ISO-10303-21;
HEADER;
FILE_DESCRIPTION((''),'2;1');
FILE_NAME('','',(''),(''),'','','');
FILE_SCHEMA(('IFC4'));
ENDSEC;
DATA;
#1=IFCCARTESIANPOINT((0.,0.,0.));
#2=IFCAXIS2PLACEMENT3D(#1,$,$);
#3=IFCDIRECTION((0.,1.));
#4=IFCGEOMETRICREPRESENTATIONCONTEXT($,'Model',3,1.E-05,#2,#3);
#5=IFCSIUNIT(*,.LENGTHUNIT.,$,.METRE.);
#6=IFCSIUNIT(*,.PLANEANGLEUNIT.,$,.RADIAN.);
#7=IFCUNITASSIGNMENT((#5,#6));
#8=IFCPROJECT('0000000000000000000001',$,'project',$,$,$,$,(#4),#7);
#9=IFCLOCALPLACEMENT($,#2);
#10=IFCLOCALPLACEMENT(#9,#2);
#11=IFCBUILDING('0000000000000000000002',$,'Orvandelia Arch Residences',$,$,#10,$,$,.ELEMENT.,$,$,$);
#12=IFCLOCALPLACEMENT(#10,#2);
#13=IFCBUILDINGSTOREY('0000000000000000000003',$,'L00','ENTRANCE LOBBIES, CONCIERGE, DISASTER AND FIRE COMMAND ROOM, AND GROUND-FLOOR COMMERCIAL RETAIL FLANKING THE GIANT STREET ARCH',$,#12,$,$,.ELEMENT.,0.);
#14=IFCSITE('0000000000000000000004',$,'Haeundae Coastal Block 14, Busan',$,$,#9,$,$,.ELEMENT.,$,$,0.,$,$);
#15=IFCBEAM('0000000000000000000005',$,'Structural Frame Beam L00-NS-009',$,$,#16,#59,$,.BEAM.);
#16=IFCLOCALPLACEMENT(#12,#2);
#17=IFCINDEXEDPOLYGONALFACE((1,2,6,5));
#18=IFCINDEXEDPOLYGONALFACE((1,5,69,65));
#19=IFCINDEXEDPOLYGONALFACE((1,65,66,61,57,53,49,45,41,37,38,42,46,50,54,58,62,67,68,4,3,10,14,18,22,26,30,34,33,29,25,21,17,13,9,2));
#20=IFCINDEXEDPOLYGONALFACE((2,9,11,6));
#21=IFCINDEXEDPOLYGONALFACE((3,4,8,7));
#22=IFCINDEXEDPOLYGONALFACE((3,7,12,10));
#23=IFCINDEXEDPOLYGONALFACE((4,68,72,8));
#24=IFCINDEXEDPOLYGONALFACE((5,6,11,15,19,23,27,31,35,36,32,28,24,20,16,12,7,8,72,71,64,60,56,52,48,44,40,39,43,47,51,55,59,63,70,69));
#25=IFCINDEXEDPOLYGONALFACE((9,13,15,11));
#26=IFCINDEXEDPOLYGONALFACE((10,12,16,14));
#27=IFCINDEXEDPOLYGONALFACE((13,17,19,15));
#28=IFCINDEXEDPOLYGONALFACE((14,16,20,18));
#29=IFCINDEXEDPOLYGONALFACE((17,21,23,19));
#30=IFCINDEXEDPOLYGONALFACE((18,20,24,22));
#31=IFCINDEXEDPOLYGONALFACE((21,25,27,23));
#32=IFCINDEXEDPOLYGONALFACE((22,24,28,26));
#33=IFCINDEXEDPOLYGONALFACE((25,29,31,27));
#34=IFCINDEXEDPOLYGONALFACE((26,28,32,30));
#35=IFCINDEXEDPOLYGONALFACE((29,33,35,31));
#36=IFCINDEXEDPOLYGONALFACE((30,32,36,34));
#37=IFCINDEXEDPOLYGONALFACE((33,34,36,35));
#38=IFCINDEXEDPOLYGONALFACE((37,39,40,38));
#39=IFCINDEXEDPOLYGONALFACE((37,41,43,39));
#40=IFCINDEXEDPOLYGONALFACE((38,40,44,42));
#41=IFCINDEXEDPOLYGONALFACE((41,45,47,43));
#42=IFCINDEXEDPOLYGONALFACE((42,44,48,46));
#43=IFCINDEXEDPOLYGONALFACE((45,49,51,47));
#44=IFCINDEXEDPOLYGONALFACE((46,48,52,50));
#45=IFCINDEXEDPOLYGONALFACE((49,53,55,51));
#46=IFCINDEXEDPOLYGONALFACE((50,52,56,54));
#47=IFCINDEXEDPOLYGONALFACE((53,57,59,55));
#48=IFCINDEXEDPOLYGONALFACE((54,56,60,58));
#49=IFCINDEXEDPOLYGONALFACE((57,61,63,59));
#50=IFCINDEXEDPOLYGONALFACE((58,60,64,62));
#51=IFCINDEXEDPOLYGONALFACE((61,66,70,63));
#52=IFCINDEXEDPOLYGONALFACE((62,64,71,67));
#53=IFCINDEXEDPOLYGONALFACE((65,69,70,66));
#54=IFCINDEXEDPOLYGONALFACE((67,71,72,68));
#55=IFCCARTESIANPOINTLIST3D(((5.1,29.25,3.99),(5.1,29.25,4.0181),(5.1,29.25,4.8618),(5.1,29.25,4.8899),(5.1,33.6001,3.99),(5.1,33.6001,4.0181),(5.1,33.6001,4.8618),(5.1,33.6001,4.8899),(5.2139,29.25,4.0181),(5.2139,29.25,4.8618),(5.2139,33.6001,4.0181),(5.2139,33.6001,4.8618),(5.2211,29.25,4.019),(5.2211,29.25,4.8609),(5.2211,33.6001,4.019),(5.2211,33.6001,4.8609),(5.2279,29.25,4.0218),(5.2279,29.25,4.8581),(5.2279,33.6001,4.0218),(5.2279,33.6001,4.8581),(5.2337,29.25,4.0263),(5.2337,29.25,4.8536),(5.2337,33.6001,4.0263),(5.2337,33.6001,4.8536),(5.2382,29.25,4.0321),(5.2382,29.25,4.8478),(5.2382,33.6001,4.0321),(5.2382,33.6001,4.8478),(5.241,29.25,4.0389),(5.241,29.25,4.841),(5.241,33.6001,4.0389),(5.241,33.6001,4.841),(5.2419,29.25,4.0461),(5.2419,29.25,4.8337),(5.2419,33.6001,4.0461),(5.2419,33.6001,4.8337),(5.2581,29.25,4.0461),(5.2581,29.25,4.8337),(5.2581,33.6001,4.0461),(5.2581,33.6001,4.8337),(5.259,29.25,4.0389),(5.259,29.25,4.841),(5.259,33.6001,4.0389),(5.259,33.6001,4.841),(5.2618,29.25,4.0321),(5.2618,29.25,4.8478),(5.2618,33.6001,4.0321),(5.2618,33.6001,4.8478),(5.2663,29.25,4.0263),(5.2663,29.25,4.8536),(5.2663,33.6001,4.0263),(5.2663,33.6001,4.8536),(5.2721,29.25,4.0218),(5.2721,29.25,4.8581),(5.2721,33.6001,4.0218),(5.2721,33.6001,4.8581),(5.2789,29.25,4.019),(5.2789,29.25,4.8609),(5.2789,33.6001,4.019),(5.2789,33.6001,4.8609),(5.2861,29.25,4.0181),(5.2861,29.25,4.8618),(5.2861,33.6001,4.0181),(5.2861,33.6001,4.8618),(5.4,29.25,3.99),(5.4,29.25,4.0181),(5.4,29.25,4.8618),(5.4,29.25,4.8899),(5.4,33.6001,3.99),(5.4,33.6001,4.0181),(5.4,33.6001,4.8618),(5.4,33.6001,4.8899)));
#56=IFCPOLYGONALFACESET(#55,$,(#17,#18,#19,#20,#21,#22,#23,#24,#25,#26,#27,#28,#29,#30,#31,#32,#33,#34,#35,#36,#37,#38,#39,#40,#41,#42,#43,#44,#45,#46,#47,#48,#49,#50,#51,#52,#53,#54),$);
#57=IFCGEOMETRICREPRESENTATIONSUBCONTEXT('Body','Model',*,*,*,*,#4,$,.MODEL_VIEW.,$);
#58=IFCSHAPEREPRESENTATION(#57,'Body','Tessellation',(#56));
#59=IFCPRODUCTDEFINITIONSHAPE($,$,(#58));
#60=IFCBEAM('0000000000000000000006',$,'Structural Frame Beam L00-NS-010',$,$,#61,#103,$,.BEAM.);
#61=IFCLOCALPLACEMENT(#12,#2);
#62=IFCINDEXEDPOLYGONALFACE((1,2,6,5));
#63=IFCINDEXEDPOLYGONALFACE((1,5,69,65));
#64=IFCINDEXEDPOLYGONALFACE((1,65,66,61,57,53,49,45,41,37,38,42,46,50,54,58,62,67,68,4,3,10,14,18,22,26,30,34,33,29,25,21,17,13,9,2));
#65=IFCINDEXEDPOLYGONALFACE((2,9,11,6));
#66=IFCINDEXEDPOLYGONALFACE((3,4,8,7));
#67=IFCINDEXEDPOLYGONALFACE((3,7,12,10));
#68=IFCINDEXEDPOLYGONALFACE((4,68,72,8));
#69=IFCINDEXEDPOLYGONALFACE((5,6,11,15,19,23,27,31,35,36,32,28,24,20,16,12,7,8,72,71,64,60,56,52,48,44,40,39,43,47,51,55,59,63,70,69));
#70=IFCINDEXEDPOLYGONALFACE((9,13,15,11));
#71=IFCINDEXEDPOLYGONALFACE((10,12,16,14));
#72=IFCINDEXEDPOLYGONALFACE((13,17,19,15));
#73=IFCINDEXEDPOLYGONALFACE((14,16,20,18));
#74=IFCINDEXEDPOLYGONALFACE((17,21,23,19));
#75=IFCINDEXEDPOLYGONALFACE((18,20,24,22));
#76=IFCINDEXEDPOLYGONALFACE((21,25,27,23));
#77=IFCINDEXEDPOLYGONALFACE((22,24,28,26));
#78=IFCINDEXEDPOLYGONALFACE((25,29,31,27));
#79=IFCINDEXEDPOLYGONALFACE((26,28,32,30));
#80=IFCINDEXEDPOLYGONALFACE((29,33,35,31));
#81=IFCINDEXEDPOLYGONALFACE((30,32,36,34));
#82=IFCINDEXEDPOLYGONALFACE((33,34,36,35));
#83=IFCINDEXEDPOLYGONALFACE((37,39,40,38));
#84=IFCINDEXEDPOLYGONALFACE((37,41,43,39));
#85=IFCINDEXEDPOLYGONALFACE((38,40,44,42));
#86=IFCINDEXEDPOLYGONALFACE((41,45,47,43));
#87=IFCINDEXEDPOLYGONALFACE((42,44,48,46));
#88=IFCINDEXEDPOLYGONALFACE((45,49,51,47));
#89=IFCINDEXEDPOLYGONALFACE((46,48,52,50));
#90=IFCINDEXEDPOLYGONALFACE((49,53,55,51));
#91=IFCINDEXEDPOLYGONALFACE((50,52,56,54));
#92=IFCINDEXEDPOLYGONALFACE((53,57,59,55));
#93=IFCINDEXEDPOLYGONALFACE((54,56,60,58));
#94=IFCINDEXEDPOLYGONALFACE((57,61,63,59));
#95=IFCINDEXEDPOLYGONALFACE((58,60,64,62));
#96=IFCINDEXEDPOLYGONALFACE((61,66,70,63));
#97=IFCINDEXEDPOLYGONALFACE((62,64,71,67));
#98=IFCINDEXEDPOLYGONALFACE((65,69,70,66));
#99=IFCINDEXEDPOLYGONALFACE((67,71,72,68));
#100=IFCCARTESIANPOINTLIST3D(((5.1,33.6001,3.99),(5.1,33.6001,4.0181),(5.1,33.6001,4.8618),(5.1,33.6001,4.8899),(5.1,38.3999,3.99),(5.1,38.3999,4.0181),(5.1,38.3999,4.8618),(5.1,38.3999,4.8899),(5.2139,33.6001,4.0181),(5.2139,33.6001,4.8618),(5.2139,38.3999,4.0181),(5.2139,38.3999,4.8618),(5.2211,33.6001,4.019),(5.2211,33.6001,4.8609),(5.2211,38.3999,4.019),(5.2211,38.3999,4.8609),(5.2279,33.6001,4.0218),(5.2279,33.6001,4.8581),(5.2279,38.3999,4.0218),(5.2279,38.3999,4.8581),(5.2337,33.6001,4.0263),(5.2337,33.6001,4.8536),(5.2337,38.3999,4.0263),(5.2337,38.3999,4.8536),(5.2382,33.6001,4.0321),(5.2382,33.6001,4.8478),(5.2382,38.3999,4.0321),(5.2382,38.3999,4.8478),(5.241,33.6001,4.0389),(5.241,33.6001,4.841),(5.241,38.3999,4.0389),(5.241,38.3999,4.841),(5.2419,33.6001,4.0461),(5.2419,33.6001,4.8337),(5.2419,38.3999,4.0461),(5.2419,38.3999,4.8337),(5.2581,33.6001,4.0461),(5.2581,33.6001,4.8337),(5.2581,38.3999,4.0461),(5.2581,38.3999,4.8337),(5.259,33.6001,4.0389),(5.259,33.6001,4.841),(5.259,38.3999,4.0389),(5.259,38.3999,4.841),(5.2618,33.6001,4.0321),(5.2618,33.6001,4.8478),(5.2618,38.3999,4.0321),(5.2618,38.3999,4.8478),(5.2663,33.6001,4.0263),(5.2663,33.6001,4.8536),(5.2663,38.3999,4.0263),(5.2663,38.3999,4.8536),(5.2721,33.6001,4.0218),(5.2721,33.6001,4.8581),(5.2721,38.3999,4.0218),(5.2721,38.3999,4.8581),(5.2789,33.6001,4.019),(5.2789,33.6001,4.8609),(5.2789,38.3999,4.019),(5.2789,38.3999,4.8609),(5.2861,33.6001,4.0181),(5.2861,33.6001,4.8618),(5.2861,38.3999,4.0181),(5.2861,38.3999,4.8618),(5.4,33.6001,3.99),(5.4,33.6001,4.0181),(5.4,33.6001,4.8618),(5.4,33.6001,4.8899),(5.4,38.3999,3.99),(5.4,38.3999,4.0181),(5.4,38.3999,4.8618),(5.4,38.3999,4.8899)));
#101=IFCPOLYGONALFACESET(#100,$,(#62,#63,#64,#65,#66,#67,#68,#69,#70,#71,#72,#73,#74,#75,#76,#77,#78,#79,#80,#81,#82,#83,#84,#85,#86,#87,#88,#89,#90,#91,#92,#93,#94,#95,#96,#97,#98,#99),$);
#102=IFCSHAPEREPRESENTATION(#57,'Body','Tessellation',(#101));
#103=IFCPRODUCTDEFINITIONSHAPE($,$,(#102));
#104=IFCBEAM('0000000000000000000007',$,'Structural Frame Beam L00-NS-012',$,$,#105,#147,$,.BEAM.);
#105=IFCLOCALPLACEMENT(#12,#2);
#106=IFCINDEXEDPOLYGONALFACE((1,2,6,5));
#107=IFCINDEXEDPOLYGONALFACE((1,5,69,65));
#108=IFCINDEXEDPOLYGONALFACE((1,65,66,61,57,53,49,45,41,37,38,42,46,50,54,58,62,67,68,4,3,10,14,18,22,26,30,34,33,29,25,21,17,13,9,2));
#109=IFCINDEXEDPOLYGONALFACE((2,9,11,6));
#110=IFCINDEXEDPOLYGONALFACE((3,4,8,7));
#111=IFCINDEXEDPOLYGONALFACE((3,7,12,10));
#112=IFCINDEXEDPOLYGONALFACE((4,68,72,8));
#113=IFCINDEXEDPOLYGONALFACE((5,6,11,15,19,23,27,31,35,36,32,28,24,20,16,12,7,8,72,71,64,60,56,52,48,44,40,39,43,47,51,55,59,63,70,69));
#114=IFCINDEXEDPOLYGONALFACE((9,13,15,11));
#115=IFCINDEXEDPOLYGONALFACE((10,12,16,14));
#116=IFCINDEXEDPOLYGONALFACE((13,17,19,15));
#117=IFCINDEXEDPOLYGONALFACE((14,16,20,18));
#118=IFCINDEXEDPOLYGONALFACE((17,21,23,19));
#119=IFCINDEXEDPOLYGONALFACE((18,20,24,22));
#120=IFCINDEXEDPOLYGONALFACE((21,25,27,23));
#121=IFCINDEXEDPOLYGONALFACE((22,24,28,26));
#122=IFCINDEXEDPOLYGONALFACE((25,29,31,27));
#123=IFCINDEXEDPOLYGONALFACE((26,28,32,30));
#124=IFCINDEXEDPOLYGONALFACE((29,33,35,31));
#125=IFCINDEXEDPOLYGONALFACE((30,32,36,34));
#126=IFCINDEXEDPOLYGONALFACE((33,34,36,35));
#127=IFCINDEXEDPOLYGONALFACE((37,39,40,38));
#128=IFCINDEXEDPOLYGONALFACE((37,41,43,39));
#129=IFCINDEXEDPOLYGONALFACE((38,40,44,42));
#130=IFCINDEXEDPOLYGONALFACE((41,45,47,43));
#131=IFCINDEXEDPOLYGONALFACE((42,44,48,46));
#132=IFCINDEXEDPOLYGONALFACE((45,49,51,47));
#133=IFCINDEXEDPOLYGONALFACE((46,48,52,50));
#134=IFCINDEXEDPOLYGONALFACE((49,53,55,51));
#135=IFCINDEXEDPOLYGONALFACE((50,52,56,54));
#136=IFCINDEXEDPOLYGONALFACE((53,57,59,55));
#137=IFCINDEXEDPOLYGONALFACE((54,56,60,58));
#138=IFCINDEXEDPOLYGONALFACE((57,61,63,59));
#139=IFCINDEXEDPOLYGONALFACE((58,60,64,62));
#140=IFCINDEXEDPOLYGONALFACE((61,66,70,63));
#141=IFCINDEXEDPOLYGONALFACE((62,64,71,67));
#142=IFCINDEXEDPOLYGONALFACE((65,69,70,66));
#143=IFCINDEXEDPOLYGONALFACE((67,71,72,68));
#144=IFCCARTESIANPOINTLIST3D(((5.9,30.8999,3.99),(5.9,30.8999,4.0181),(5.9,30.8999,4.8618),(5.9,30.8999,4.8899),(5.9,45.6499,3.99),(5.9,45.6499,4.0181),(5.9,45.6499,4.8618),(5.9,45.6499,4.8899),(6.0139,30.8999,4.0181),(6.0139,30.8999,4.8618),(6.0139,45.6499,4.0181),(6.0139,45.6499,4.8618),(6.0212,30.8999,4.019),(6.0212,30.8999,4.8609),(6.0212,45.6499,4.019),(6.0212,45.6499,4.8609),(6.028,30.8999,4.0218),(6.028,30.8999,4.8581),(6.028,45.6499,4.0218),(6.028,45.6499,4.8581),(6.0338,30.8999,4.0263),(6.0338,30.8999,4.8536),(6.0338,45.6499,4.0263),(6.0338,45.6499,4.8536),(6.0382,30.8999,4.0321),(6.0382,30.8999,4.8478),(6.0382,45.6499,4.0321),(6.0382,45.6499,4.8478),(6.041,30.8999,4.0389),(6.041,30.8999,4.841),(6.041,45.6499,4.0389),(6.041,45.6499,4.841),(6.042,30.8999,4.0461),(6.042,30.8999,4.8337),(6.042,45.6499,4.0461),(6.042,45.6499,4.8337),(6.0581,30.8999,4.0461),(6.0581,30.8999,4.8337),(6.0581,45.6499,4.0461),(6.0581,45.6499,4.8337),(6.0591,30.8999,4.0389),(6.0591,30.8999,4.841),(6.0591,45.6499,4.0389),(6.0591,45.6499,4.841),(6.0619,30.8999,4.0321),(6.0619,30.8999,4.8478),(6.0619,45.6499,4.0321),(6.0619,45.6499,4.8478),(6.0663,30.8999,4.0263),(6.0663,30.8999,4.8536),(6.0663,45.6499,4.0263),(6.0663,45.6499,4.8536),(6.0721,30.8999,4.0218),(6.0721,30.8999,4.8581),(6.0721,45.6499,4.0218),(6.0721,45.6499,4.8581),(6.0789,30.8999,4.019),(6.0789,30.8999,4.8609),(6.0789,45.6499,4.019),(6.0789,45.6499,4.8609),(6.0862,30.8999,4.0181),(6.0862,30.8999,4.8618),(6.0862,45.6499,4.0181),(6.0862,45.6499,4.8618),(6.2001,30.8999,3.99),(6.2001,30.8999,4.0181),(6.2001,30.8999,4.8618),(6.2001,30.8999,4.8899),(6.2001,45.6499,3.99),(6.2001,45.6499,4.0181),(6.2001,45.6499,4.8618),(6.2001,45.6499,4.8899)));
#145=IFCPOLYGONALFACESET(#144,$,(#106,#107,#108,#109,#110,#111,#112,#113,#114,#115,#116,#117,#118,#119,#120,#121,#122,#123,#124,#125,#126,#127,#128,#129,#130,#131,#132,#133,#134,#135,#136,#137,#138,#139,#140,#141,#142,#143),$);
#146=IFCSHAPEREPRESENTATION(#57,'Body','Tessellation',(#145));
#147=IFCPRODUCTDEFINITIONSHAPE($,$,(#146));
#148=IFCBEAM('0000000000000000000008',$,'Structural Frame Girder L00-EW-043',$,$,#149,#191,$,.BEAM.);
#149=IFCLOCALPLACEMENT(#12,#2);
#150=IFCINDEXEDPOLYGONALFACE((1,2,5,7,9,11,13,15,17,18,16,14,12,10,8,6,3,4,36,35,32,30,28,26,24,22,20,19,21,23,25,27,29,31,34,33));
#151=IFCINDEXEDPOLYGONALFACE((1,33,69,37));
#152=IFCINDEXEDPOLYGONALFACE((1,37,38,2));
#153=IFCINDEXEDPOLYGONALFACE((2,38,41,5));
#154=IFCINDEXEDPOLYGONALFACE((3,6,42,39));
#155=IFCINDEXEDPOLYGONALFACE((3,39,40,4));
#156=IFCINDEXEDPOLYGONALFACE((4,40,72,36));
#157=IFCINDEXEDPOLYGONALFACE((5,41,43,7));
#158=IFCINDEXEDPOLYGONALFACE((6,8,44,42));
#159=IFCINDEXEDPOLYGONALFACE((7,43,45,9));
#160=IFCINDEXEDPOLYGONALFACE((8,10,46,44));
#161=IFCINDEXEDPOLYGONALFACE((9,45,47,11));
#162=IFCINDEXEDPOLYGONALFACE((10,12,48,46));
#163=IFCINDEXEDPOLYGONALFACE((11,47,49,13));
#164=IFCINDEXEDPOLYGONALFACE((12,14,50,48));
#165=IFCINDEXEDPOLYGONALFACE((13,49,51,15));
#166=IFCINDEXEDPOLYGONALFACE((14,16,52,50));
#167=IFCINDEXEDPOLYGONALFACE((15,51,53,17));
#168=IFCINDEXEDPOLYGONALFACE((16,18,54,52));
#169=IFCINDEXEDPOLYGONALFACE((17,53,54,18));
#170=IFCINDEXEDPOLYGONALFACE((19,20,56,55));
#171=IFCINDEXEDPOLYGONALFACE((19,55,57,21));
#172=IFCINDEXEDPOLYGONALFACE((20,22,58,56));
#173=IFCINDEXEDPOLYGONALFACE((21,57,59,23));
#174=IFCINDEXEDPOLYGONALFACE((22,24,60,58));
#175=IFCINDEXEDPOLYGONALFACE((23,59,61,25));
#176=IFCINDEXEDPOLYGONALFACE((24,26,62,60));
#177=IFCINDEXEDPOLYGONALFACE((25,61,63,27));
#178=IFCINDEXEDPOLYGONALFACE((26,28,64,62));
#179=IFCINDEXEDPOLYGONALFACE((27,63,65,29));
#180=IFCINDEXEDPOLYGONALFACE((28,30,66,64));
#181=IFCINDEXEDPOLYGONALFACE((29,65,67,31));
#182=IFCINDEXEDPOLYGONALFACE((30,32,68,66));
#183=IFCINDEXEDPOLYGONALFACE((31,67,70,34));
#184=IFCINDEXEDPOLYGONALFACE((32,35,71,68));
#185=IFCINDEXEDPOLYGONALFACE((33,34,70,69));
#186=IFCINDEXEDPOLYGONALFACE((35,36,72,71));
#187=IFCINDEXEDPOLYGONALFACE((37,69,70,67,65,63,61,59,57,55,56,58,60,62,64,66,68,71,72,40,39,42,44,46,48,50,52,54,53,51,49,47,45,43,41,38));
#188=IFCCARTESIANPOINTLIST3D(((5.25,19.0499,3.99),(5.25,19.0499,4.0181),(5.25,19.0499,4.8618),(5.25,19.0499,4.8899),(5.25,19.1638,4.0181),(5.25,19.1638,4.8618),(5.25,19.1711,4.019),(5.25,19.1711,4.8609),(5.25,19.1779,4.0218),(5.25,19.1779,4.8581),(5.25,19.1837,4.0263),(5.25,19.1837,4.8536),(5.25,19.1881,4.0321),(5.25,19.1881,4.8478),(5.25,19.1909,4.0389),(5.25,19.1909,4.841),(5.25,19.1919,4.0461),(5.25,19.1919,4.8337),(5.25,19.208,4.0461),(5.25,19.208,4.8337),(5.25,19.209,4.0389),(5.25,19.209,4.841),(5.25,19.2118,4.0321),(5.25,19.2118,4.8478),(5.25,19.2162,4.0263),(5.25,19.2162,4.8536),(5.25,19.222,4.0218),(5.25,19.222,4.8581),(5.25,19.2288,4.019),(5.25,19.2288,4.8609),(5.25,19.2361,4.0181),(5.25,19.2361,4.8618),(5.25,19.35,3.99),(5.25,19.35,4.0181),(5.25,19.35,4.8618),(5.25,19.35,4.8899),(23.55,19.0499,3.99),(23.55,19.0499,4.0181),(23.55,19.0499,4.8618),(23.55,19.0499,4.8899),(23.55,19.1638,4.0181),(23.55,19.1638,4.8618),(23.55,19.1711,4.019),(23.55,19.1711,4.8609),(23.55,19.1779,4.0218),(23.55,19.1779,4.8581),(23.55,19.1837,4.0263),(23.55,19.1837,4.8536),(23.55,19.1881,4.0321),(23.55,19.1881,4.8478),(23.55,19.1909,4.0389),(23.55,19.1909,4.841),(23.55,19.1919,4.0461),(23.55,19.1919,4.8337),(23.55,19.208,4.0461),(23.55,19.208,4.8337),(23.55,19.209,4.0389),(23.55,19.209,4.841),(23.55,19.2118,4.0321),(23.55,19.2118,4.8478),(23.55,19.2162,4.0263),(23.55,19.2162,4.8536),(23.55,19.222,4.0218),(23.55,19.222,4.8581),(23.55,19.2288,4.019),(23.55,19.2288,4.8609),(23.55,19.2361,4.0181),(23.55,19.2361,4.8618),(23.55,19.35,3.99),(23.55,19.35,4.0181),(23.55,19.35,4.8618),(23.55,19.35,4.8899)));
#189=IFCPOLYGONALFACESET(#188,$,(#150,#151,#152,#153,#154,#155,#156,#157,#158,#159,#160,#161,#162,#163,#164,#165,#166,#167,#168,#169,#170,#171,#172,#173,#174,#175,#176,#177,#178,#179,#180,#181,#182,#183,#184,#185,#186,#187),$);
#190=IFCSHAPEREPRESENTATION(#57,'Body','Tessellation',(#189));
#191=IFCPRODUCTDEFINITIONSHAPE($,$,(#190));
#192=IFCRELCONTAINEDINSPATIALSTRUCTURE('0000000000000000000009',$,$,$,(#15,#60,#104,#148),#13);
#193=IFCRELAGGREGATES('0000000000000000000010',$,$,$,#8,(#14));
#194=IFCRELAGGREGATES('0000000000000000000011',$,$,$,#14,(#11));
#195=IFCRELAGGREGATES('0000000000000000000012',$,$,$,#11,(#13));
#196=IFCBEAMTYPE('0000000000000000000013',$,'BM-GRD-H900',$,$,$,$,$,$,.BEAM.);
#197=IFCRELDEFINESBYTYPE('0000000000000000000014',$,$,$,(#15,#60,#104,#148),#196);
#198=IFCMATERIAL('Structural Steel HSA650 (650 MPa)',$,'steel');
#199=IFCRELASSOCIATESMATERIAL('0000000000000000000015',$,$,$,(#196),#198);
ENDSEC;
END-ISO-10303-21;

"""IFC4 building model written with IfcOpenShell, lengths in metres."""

from ifc_helpers import new_model, si_unit, direction, frame, origin, origin_2d, place, context, subcontext, project, spatial, i_section, extrude, material, material_profile, profile_set, type_object, element, save


model = new_model("IFC4")

# Units and contexts
model_context = context("Model", 3, precision=1e-05, world=origin(), true_north=direction((0.0, 1.0)))
body_context = subcontext(model_context, "Body", "Model", "MODEL_VIEW")
ifc_project = project(units=[si_unit("LENGTHUNIT", "METRE"), si_unit("PLANEANGLEUNIT", "RADIAN")], contexts=[model_context])

# Site, building, storey
site_placement = place(None, origin())
site = spatial("IfcSite", under=ifc_project, at=site_placement, Name="Haeundae Coastal Block 14, Busan", CompositionType="ELEMENT", RefElevation=0.0)
building_placement = place(site_placement, origin())
building = spatial("IfcBuilding", under=site, at=building_placement, Name="Orvandelia Arch Residences", CompositionType="ELEMENT")
storey_placement = place(building_placement, origin())
storey = spatial("IfcBuildingStorey", under=building, at=storey_placement, Name="L00", Description="ENTRANCE LOBBIES, CONCIERGE, DISASTER AND FIRE COMMAND ROOM, AND GROUND-FLOOR COMMERCIAL RETAIL FLANKING THE GIANT STREET ARCH", CompositionType="ELEMENT", Elevation=0.0)

# Beams
ifc_material_1 = material(Name="Structural Steel HSA650 (650 MPa)", Category="steel")
ifc_material_profile_1 = material_profile(ifc_material_1, i_section(OverallWidth=0.3, OverallDepth=0.8999, WebThickness=0.0161, FlangeThickness=0.0281, FilletRadius=0.0281, at=origin_2d()), Name="Structural Steel HSA650 (650 MPa)", Category="steel")
ifc_profile_set_1 = profile_set([ifc_material_profile_1], Name="Structural Steel HSA650 (650 MPa)")
beam_type_1 = type_object("IfcBeamType", Name="BM-GRD-H900", PredefinedType="BEAM", material=ifc_profile_set_1)
beam_1_placement = place(storey_placement, frame((5.25, 29.25, 4.4399), z_axis=(0.0, 1.0, 0.0), x_axis=(-1.0, 0.0, 0.0)))
element("IfcBeam", 1, at=beam_1_placement, inside=storey, type_object=beam_type_1, Name="Structural Frame Beam L00-NS-009", PredefinedType="BEAM", context=body_context, shape_type="SweptSolid", body=[
    extrude(i_section(OverallWidth=0.3, OverallDepth=0.8999, WebThickness=0.0161, FlangeThickness=0.0281, FilletRadius=0.0281, at=origin_2d()), origin(), (0.0, 0.0, 1.0), 4.3501),
])
beam_2_placement = place(storey_placement, frame((5.25, 33.6001, 4.4399), z_axis=(0.0, 1.0, 0.0), x_axis=(-1.0, 0.0, 0.0)))
element("IfcBeam", 2, at=beam_2_placement, inside=storey, type_object=beam_type_1, Name="Structural Frame Beam L00-NS-010", PredefinedType="BEAM", context=body_context, shape_type="SweptSolid", body=[
    extrude(i_section(OverallWidth=0.3, OverallDepth=0.8999, WebThickness=0.0161, FlangeThickness=0.0281, FilletRadius=0.0281, at=origin_2d()), origin(), (0.0, 0.0, 1.0), 4.7998),
])
beam_3_placement = place(storey_placement, frame((6.05, 30.8999, 4.4399), z_axis=(0.0, 1.0, 0.0), x_axis=(-1.0, 0.0, 0.0)))
element("IfcBeam", 3, at=beam_3_placement, inside=storey, type_object=beam_type_1, Name="Structural Frame Beam L00-NS-012", PredefinedType="BEAM", context=body_context, shape_type="SweptSolid", body=[
    extrude(i_section(OverallWidth=0.3, OverallDepth=0.8999, WebThickness=0.0161, FlangeThickness=0.0281, FilletRadius=0.0281, at=origin_2d()), origin(), (0.0, 0.0, 1.0), 14.75),
])
for number, where, z_axis, x_axis, name in (
    (4, (5.25, 19.2, 4.4399), (1.0, 0.0, 0.0), (0.0, 1.0, 0.0), "Structural Frame Girder L00-EW-043"),
):
    element("IfcBeam", number, at=place(storey_placement, frame(where, z_axis=z_axis, x_axis=x_axis)), inside=storey, type_object=beam_type_1, Name=name, PredefinedType="BEAM", context=body_context, shape_type="SweptSolid", body=[
        extrude(i_section(OverallWidth=0.3, OverallDepth=0.8999, WebThickness=0.0161, FlangeThickness=0.0281, FilletRadius=0.0281, at=origin_2d()), origin(), (0.0, 0.0, 1.0), 18.3),
    ])

save(model, "model.ifc")
